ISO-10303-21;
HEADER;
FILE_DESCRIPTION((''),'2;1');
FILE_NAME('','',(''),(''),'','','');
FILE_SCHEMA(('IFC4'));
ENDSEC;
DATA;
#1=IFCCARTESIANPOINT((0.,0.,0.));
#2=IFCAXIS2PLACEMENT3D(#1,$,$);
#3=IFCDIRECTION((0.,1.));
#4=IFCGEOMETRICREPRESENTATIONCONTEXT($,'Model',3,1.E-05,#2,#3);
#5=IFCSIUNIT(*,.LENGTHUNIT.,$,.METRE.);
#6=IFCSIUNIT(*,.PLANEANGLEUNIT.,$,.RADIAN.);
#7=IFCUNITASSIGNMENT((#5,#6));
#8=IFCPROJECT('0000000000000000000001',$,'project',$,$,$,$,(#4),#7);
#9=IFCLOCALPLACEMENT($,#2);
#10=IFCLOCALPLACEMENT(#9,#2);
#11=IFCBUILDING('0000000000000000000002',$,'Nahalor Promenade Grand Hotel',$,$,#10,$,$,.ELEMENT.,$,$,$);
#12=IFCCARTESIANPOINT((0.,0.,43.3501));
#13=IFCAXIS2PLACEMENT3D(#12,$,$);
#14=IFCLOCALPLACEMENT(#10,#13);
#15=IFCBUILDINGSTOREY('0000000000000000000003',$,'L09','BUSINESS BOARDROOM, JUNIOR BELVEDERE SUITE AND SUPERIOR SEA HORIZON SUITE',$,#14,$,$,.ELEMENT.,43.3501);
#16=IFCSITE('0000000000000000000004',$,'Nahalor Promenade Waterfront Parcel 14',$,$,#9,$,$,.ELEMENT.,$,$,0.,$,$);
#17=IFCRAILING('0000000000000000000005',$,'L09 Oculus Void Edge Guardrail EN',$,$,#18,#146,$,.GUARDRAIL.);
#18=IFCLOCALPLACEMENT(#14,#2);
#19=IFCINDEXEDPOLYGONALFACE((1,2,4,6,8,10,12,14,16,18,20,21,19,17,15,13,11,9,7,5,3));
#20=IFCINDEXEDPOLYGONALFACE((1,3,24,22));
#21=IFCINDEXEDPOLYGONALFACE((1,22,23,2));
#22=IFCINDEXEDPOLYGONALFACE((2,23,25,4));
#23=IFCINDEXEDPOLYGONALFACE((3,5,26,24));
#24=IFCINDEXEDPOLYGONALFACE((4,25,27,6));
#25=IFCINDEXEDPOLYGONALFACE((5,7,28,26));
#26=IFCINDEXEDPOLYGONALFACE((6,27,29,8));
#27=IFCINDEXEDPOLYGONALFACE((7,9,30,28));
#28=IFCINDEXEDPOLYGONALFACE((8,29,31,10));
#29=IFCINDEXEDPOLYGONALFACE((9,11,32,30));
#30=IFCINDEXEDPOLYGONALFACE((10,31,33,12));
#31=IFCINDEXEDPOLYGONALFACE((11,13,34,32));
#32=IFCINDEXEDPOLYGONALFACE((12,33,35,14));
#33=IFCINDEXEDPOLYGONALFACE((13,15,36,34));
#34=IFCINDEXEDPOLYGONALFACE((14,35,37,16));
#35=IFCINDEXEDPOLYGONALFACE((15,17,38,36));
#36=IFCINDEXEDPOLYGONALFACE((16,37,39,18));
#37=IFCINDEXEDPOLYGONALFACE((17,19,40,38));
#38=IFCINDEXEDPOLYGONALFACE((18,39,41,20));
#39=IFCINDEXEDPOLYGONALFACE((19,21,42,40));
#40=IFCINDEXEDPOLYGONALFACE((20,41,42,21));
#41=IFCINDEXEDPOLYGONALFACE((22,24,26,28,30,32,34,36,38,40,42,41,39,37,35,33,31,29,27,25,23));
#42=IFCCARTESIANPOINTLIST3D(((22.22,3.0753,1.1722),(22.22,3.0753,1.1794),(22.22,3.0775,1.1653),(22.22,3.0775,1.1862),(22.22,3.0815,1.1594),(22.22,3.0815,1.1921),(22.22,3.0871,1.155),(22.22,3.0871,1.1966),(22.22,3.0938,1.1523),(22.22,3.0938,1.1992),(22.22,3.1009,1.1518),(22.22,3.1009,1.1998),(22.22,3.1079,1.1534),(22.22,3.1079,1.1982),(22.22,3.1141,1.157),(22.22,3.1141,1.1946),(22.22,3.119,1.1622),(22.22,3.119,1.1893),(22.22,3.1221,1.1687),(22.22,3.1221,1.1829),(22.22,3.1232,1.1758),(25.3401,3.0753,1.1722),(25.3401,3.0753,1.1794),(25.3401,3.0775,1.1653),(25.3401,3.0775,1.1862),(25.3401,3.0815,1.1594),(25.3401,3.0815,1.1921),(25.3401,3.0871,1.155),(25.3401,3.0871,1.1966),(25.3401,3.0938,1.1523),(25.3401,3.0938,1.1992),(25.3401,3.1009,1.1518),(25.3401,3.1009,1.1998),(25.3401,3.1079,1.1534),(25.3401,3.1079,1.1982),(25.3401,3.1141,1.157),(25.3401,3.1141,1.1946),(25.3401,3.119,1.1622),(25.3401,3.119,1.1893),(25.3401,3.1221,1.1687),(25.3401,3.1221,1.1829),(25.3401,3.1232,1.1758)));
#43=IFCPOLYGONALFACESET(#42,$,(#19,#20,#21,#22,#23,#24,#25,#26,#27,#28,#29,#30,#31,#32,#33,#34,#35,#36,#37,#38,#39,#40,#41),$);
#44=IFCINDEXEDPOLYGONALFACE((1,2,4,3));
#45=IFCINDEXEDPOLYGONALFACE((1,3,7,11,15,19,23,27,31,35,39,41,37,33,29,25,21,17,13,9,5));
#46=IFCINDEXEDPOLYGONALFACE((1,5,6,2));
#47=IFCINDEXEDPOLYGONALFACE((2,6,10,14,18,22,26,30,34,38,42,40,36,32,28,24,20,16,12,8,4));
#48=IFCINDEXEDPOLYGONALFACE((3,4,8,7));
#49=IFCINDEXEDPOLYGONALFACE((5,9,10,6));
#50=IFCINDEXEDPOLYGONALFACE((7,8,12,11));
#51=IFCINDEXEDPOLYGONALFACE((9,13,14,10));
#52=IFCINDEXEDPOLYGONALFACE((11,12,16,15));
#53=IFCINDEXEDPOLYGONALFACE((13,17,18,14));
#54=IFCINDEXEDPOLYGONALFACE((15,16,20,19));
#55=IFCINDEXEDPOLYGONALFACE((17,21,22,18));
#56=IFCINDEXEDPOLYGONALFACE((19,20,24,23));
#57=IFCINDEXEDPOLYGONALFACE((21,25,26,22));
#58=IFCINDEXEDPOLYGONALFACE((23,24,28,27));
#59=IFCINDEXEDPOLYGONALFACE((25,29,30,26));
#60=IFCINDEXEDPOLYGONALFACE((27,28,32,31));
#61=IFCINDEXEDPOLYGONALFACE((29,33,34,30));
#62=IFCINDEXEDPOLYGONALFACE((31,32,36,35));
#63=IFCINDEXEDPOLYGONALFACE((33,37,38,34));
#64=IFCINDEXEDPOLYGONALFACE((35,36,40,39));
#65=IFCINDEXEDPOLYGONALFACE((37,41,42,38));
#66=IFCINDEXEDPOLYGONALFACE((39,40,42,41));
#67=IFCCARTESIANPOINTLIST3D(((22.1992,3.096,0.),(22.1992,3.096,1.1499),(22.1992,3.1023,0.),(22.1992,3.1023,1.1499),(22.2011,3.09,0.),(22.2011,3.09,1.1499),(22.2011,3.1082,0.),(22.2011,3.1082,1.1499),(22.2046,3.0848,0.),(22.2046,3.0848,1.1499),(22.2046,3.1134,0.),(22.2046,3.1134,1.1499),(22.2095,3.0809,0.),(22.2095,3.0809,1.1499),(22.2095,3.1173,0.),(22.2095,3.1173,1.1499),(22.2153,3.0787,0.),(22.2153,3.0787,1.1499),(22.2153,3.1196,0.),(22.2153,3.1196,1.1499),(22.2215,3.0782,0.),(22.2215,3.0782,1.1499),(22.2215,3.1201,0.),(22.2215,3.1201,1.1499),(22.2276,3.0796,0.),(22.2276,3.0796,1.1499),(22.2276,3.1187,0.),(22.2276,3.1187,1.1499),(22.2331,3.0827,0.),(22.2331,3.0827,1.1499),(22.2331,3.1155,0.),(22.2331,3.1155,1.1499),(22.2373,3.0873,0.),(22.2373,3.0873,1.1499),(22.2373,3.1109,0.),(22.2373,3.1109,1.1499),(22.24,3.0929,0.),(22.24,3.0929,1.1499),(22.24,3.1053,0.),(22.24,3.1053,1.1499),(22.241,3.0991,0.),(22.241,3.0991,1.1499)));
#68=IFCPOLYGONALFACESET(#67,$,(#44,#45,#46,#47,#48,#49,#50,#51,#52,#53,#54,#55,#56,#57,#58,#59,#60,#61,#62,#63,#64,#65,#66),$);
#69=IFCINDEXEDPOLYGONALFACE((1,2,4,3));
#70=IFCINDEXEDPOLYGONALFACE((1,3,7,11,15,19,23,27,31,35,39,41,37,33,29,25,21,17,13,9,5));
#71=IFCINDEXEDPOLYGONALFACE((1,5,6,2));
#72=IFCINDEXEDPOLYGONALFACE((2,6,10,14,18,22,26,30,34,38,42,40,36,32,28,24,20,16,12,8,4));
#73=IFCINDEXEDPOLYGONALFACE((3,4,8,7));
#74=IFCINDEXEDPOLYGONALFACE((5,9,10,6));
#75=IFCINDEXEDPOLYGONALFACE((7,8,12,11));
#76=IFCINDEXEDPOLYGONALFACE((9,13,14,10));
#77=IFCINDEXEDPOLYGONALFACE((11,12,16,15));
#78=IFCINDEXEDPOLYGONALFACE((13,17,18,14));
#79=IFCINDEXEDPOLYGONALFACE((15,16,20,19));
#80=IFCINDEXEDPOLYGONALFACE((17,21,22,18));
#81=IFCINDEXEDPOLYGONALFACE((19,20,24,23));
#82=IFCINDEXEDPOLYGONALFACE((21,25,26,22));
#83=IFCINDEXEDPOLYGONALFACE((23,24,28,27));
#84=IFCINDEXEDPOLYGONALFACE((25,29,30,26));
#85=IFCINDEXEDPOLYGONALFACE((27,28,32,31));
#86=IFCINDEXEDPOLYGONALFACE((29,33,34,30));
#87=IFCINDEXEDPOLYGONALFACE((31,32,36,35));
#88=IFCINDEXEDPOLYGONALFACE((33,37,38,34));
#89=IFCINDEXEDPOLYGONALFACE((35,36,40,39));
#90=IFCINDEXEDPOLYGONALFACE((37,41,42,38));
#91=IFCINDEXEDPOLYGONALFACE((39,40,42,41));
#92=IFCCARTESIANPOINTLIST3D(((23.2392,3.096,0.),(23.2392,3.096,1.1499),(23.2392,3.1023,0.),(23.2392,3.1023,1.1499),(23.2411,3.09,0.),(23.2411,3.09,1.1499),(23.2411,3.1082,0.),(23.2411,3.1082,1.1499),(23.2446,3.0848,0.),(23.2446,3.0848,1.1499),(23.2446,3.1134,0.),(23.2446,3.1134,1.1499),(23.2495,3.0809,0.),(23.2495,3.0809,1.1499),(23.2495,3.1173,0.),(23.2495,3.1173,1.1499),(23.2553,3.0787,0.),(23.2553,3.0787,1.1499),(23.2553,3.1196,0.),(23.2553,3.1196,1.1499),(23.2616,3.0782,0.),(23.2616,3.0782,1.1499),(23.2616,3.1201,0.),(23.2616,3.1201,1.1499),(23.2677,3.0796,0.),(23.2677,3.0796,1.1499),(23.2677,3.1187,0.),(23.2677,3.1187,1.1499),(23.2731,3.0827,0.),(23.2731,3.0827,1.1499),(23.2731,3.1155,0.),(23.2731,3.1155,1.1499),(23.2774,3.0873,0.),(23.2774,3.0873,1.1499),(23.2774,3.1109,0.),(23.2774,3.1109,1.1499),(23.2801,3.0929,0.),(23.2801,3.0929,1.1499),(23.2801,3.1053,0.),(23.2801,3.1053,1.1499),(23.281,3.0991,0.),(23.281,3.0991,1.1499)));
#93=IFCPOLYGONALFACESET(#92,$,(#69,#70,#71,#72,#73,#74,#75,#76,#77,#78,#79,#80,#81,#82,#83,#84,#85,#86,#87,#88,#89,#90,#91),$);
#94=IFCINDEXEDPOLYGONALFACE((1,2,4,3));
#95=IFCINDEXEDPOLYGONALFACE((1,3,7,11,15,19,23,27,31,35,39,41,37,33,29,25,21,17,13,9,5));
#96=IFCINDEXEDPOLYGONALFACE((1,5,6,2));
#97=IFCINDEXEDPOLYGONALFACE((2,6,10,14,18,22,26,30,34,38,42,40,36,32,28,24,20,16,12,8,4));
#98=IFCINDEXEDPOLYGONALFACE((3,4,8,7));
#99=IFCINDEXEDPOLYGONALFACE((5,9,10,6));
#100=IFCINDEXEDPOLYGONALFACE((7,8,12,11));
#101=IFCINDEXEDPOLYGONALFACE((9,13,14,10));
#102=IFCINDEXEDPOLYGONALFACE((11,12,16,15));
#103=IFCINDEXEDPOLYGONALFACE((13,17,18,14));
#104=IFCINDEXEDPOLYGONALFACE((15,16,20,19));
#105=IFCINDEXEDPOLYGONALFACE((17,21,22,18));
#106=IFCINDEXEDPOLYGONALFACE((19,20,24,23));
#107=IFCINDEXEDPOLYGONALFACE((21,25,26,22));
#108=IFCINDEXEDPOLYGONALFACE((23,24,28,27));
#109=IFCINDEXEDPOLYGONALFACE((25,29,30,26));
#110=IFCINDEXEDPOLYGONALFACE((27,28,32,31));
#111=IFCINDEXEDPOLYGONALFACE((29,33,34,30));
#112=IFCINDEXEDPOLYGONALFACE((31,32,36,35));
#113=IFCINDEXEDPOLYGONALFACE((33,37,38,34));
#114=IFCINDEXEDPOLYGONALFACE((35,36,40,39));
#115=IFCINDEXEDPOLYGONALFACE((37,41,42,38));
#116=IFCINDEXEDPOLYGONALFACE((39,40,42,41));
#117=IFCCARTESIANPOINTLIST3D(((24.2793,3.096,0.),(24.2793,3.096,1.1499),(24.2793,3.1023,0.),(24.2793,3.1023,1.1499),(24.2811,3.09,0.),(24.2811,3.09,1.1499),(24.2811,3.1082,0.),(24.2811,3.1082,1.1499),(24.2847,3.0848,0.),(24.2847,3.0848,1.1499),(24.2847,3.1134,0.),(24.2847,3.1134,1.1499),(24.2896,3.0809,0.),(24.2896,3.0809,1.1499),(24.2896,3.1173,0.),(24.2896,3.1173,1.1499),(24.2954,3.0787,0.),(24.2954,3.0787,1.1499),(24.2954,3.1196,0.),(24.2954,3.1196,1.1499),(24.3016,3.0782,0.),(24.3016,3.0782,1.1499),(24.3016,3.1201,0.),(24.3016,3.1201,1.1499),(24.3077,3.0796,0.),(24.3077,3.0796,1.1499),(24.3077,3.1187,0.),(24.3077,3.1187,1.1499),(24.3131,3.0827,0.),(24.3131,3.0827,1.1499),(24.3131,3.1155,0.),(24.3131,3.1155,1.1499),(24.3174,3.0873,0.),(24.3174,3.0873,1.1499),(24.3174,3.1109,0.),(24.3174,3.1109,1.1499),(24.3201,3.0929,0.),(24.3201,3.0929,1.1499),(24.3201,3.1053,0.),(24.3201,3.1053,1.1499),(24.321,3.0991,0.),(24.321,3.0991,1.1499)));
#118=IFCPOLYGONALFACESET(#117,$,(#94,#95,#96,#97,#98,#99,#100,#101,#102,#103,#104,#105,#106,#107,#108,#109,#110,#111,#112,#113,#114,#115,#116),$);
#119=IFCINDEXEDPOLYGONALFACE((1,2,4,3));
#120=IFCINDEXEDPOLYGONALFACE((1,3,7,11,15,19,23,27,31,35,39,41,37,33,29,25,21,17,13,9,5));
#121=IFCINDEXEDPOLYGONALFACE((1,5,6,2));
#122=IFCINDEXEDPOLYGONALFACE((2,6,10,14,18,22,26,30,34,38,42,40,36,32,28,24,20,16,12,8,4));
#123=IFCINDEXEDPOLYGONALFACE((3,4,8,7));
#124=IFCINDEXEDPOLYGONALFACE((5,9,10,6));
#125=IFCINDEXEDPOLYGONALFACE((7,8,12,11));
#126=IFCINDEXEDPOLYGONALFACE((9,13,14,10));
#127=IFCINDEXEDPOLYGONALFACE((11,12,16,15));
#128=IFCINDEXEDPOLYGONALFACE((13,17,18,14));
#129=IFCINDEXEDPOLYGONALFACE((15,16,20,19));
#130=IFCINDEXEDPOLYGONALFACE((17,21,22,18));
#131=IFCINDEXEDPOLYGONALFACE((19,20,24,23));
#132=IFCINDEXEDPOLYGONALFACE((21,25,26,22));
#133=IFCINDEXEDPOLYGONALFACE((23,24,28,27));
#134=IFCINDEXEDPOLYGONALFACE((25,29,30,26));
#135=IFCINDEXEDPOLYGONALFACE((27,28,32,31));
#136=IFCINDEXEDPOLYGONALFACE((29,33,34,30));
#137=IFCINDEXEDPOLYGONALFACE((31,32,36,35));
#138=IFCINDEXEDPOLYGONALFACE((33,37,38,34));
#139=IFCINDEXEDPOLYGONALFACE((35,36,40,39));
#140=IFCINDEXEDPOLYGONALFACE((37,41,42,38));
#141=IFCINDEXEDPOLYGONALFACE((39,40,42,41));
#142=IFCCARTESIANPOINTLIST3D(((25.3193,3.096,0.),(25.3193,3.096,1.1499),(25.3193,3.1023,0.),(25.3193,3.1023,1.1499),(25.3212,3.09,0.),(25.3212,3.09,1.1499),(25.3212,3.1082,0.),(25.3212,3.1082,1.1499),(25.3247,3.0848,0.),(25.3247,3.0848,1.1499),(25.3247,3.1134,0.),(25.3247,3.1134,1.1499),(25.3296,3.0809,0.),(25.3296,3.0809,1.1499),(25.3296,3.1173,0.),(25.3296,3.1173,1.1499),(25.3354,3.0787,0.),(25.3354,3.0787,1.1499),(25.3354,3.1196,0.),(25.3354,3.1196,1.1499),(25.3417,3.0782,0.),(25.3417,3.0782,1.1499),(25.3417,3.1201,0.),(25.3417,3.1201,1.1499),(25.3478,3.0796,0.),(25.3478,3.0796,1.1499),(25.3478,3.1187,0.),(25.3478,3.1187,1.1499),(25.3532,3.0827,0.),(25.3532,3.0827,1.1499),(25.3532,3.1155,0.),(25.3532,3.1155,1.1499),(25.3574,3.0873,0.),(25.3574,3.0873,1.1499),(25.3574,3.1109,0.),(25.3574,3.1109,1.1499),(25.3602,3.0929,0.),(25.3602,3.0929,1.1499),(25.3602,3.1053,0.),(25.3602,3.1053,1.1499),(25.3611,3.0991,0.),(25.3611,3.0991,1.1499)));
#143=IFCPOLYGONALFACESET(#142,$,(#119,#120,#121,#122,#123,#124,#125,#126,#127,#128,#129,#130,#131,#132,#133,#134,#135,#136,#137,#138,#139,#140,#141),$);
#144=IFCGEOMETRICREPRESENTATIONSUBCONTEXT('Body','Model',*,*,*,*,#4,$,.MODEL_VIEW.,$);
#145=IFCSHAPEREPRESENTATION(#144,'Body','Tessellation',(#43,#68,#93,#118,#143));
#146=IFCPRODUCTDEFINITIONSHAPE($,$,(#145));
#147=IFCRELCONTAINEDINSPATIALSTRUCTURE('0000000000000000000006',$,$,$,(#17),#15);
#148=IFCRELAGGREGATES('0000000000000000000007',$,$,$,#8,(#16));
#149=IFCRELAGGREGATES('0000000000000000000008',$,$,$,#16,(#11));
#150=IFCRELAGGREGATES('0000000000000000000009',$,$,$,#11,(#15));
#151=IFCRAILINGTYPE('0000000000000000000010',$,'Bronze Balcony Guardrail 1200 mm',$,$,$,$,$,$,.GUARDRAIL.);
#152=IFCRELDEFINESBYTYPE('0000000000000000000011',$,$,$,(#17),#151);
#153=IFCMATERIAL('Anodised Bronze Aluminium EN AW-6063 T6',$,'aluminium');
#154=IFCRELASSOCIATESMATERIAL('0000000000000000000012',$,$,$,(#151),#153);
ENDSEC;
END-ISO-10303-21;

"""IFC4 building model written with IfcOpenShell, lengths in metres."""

from ifc_helpers import new_model, si_unit, direction, frame, origin, origin_2d, place, context, subcontext, project, spatial, circle, extrude, material, type_object, element, save


model = new_model("IFC4")

# Units and contexts
model_context = context("Model", 3, precision=1e-05, world=origin(), true_north=direction((0.0, 1.0)))
body_context = subcontext(model_context, "Body", "Model", "MODEL_VIEW")
ifc_project = project(units=[si_unit("LENGTHUNIT", "METRE"), si_unit("PLANEANGLEUNIT", "RADIAN")], contexts=[model_context])

# Site, building, storey
site_placement = place(None, origin())
site = spatial("IfcSite", under=ifc_project, at=site_placement, Name="Nahalor Promenade Waterfront Parcel 14", CompositionType="ELEMENT", RefElevation=0.0)
building_placement = place(site_placement, origin())
building = spatial("IfcBuilding", under=site, at=building_placement, Name="Nahalor Promenade Grand Hotel", CompositionType="ELEMENT")
storey_placement = place(building_placement, frame((0.0, 0.0, 43.3501)))
storey = spatial("IfcBuildingStorey", under=building, at=storey_placement, Name="L09", Description="BUSINESS BOARDROOM, JUNIOR BELVEDERE SUITE AND SUPERIOR SEA HORIZON SUITE", CompositionType="ELEMENT", Elevation=43.3501)

# Shared definitions
ifc_material_1 = material(Name="Anodised Bronze Aluminium EN AW-6063 T6", Category="aluminium")

# Railing
railing_type = type_object("IfcRailingType", Name="Bronze Balcony Guardrail 1200 mm", PredefinedType="GUARDRAIL", material=ifc_material_1)
railing_1_placement = place(storey_placement, frame((22.22, 3.0991, 0.0)))
element("IfcRailing", 1, at=railing_1_placement, inside=storey, type_object=railing_type, Name="L09 Oculus Void Edge Guardrail EN", PredefinedType="GUARDRAIL", context=body_context, shape_type="SweptSolid", body=[
    extrude(circle(Radius=0.024, at=origin_2d()), frame((0.0, 0.0, 1.1758), z_axis=(1.0, 0.0, 0.0), x_axis=(0.0, 1.0, 0.0)), (0.0, 0.0, 1.0), 3.1201),
    extrude(circle(Radius=0.021, at=origin_2d()), origin(), (0.0, 0.0, 1.0), 1.1499),
    extrude(circle(Radius=0.021, at=origin_2d()), frame((1.04, 0.0, 0.0)), (0.0, 0.0, 1.0), 1.1499),
    extrude(circle(Radius=0.021, at=origin_2d()), frame((2.0801, 0.0, 0.0)), (0.0, 0.0, 1.0), 1.1499),
    extrude(circle(Radius=0.021, at=origin_2d()), frame((3.1201, 0.0, 0.0)), (0.0, 0.0, 1.0), 1.1499),
])

save(model, "model.ifc")
